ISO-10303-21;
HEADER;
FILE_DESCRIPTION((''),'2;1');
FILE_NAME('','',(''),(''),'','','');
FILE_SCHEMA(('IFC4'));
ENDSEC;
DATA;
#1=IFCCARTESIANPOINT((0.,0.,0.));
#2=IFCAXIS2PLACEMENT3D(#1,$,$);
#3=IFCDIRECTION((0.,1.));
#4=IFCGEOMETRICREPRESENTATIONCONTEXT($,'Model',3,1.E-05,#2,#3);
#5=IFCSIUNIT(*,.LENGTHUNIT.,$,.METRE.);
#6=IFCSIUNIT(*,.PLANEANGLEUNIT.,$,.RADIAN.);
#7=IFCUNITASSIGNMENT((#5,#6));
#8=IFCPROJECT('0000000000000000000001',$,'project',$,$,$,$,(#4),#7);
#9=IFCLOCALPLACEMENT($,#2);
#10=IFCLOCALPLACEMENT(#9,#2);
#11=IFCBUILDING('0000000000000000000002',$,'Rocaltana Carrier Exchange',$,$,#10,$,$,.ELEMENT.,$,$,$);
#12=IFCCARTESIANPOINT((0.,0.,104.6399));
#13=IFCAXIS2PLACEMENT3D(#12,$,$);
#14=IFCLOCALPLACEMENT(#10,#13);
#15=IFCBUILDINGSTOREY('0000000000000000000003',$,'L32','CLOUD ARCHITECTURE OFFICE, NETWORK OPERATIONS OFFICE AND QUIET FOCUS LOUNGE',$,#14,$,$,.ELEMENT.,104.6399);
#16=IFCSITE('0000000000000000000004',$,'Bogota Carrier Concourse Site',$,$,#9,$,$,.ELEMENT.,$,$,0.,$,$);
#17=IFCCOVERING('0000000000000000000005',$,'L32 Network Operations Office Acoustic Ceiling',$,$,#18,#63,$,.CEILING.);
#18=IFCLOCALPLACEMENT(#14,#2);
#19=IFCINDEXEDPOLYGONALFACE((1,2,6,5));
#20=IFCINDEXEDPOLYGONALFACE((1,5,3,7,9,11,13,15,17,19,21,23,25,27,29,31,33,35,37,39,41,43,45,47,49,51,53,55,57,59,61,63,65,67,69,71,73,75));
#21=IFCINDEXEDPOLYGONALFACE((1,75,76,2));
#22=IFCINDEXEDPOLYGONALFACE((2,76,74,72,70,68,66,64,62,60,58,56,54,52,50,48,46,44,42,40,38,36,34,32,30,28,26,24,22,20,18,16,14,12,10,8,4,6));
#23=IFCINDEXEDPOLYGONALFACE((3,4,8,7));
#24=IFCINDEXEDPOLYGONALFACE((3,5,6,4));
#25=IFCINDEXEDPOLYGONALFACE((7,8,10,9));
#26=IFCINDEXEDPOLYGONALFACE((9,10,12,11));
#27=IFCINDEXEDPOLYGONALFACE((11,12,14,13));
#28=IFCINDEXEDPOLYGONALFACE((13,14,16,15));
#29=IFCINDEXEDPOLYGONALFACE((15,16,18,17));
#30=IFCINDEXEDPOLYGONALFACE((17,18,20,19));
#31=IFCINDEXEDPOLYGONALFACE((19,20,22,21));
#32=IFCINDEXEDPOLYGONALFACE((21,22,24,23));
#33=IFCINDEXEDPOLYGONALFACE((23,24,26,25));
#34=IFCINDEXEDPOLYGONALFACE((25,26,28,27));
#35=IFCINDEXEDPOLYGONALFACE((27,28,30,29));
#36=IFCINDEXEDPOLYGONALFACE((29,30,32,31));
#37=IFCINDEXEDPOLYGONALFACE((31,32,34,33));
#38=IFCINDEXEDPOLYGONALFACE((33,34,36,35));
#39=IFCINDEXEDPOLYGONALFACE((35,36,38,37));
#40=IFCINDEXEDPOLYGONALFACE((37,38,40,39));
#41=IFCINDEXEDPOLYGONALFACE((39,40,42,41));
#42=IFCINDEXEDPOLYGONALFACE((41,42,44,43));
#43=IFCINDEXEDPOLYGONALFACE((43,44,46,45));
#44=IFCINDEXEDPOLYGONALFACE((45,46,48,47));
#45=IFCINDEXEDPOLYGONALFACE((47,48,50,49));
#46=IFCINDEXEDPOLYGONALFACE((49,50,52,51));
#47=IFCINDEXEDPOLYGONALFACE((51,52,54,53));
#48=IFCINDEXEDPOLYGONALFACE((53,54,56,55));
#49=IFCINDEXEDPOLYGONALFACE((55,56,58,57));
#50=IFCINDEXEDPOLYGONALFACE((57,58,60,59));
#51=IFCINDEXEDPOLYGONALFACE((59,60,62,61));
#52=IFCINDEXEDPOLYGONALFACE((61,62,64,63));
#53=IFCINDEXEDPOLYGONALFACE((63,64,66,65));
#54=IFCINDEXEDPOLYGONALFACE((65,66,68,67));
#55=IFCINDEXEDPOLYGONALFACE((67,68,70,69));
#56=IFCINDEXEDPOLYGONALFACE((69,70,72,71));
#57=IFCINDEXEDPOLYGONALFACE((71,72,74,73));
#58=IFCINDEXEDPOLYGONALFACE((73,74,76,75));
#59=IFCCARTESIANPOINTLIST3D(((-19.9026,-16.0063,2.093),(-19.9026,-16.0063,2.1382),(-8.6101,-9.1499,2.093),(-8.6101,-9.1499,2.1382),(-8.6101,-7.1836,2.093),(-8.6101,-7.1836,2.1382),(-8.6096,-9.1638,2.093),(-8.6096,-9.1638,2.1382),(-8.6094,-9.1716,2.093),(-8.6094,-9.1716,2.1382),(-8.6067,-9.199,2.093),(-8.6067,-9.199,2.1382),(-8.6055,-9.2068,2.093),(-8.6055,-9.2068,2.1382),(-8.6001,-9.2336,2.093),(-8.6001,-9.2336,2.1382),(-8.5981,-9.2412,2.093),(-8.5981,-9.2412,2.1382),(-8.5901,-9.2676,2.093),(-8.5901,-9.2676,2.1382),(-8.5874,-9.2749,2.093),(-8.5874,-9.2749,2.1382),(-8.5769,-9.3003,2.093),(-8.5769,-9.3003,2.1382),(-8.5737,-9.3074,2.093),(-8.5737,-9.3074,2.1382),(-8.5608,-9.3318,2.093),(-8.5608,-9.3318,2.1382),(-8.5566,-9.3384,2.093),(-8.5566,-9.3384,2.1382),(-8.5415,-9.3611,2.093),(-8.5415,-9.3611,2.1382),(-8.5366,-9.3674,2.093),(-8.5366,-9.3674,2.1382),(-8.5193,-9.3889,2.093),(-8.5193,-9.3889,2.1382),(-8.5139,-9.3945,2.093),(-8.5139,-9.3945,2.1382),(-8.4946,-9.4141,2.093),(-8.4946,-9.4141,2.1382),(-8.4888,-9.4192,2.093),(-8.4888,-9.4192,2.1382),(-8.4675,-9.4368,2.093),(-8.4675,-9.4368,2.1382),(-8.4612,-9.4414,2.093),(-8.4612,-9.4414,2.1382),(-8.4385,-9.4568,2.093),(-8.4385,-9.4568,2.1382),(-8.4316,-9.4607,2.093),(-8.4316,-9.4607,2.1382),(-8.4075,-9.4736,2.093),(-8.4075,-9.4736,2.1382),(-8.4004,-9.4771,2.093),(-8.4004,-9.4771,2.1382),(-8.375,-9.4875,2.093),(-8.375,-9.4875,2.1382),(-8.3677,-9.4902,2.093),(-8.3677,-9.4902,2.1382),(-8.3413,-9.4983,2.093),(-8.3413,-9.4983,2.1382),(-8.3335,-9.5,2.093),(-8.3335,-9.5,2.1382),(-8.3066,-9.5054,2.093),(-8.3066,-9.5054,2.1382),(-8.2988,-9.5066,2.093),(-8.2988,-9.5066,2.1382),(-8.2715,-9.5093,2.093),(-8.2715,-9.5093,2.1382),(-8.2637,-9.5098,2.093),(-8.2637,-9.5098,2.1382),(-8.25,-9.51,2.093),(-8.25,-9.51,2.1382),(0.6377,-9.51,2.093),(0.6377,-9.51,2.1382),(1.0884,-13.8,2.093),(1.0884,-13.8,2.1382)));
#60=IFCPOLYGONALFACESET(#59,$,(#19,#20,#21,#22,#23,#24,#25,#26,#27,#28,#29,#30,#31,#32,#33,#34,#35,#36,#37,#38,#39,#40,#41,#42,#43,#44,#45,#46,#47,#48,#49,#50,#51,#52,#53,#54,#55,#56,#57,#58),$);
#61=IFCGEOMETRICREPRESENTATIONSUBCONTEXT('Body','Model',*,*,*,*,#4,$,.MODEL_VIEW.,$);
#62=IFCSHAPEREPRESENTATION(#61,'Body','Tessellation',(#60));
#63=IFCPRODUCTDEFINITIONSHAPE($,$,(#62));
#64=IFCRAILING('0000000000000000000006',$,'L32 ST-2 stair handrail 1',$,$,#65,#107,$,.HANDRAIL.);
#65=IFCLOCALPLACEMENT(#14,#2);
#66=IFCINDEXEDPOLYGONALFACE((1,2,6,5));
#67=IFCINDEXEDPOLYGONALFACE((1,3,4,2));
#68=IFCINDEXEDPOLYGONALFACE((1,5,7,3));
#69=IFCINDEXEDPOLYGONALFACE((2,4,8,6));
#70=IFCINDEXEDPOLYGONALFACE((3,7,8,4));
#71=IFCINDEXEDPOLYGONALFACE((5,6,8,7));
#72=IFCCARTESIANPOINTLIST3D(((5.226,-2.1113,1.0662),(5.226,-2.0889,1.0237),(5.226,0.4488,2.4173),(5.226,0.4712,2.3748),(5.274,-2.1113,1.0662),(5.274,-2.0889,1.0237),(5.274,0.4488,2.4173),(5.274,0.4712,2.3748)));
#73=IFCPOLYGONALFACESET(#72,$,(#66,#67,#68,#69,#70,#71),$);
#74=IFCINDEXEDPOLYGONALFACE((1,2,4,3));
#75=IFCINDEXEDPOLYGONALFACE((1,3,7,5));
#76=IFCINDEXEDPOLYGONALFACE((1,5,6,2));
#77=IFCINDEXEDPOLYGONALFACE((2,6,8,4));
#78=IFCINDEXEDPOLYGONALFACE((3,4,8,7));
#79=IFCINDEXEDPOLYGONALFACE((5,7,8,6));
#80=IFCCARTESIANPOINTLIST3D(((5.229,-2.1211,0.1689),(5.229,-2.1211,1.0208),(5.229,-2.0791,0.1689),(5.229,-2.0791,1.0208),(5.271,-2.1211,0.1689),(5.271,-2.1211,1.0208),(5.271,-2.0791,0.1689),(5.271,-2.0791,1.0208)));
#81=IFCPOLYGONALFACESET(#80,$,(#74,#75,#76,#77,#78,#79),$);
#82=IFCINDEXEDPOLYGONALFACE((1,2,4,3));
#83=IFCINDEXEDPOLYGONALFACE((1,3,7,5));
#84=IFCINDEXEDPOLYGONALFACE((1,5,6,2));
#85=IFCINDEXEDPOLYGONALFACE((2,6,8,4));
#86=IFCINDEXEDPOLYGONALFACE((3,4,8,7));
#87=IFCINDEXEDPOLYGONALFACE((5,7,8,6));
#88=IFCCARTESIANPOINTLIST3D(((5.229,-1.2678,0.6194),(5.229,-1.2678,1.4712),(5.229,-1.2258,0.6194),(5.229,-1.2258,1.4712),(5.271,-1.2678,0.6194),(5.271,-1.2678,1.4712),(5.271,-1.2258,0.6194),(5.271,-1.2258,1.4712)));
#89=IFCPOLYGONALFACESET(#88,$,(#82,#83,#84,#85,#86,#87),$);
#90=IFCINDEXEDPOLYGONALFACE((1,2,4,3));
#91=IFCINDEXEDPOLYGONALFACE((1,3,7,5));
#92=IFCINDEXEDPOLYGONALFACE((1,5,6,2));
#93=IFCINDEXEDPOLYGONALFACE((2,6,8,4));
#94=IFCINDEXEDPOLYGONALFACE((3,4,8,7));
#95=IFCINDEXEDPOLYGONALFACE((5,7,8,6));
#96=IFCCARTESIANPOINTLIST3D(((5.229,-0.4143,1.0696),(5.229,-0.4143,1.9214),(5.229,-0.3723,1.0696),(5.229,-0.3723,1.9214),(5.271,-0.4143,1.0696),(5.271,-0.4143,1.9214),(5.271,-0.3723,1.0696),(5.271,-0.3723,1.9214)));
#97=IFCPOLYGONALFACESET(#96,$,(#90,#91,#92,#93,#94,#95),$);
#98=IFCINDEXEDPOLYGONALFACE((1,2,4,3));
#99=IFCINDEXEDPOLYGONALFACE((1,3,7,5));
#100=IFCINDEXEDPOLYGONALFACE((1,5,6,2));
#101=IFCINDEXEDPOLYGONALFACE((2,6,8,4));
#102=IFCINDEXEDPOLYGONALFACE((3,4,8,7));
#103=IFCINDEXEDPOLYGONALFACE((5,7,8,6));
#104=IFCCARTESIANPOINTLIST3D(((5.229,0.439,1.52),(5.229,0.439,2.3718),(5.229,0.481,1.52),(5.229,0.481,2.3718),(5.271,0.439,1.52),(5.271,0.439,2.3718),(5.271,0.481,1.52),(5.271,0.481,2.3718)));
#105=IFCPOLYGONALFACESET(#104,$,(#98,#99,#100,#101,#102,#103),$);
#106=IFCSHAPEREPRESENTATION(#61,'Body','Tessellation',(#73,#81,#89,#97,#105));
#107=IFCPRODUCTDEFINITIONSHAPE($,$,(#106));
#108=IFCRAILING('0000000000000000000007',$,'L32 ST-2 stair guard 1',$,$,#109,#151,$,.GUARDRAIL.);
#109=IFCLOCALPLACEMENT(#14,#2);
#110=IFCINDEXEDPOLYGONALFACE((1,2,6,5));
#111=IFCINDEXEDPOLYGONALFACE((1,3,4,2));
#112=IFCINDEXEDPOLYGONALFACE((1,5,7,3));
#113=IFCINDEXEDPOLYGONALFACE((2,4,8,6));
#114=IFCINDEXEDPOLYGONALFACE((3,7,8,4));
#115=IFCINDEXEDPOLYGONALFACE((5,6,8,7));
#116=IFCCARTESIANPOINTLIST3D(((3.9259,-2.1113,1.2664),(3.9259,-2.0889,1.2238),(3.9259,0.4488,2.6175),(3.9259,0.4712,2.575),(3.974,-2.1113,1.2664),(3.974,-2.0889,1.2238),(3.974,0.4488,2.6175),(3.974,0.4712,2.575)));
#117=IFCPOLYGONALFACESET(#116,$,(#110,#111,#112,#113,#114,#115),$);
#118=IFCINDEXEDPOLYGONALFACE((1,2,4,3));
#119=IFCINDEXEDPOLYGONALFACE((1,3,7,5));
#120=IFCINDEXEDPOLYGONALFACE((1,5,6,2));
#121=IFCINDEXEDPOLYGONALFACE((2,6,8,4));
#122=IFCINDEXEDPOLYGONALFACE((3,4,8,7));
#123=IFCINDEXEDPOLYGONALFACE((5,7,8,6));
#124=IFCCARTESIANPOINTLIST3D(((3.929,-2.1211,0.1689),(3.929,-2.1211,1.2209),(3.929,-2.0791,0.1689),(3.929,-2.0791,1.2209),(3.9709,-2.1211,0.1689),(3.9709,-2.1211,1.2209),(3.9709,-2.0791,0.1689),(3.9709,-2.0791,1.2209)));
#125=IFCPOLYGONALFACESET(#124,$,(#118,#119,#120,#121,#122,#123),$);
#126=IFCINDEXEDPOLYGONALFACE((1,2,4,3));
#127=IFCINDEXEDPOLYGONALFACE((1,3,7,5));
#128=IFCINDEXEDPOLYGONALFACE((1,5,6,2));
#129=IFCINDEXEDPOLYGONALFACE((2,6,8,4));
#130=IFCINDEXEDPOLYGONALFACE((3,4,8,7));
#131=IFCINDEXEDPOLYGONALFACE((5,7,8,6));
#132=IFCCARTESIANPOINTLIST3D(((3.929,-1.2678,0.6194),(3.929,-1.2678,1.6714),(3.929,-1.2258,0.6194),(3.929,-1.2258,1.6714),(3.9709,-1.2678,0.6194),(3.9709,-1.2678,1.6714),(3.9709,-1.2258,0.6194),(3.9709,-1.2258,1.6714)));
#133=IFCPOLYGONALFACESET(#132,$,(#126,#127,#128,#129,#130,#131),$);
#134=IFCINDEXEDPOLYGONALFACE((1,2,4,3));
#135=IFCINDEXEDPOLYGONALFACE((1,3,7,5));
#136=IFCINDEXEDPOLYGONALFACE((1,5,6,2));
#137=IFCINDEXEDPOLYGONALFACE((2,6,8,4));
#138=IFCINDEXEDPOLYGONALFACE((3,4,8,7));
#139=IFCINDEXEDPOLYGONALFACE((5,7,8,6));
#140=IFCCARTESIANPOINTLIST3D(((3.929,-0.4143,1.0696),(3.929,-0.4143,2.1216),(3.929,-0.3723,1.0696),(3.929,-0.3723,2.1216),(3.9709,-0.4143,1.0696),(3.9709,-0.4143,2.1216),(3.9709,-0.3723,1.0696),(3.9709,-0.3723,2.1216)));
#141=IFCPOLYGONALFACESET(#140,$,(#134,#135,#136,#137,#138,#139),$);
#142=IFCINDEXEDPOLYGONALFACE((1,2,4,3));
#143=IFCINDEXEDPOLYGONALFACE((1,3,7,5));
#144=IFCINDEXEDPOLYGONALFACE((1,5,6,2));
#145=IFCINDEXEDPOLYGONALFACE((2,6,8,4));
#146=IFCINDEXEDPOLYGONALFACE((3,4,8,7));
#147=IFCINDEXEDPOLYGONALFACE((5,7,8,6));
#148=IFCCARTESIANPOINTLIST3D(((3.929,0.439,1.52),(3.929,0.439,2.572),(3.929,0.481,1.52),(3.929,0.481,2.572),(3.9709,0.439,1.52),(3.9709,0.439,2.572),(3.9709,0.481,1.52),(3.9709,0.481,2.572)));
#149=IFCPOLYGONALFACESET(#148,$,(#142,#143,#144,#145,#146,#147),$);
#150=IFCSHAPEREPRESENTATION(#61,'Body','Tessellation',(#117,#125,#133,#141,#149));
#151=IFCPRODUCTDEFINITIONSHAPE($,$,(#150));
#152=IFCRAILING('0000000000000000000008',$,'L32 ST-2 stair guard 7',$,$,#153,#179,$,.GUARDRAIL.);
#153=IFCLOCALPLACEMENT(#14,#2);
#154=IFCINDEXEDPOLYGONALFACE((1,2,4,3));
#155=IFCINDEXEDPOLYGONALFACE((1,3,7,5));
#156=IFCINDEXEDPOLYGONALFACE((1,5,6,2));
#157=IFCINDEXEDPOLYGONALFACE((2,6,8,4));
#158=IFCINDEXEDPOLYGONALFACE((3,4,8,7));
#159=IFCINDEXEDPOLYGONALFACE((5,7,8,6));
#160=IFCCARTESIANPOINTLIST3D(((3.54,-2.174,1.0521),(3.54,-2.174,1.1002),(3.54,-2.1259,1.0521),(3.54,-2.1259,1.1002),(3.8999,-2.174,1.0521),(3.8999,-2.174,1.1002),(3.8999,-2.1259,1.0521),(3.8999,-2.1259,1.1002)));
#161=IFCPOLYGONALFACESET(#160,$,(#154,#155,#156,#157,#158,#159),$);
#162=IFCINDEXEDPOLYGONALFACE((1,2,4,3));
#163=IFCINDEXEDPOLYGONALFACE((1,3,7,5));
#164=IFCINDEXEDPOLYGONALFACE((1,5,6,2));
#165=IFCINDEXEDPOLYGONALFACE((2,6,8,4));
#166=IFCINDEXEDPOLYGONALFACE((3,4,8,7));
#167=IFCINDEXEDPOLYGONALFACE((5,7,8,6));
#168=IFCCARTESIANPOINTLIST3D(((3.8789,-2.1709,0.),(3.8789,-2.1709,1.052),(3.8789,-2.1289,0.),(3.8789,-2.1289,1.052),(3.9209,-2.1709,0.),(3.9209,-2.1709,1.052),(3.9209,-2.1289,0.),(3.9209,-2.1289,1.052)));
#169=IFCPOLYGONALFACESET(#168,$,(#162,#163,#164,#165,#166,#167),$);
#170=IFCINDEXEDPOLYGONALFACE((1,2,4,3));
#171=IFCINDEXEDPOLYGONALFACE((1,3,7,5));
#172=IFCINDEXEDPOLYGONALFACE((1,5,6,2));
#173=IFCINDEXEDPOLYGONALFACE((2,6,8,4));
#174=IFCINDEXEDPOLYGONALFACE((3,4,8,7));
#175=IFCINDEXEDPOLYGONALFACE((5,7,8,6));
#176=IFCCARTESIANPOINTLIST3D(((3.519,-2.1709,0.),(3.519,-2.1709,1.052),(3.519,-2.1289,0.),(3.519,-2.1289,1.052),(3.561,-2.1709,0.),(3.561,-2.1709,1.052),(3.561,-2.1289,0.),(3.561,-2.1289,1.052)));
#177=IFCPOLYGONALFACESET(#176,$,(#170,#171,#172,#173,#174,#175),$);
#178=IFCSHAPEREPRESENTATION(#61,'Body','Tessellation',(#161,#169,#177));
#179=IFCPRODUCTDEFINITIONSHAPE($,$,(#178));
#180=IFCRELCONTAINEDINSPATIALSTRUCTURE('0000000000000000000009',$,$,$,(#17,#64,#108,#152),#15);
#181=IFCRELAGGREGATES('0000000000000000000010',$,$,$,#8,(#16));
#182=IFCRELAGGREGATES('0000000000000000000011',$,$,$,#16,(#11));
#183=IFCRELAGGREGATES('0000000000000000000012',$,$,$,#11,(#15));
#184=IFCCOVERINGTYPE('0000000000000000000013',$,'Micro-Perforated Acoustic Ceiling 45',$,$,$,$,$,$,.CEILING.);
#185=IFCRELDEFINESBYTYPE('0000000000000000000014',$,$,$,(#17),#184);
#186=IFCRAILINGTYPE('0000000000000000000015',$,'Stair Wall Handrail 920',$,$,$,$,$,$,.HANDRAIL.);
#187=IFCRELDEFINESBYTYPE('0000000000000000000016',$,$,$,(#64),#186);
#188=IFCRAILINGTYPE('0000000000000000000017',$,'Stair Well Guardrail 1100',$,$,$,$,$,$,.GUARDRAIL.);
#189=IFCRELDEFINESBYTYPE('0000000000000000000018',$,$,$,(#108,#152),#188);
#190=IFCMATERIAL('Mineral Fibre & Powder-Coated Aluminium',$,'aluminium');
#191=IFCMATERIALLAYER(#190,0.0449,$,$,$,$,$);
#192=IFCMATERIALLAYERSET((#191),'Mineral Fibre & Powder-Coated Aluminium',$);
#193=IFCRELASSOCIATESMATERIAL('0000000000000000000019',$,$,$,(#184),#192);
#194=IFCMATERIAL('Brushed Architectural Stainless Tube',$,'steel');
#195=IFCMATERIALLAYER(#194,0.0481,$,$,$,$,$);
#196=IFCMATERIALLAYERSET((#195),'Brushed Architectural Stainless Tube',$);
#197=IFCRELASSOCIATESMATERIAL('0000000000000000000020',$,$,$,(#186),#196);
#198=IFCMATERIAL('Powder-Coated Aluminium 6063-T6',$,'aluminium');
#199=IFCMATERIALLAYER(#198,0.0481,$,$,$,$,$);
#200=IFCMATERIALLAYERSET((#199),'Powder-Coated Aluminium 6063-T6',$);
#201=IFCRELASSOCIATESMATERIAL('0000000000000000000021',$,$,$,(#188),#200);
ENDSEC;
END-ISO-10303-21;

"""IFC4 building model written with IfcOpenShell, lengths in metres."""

from ifc_helpers import new_model, si_unit, direction, frame, origin, origin_2d, place, context, subcontext, project, spatial, polyline, rectangle, outline, extrude, material, layer, layer_set, type_object, element, save


model = new_model("IFC4")

# Units and contexts
model_context = context("Model", 3, precision=1e-05, world=origin(), true_north=direction((0.0, 1.0)))
body_context = subcontext(model_context, "Body", "Model", "MODEL_VIEW")
ifc_project = project(units=[si_unit("LENGTHUNIT", "METRE"), si_unit("PLANEANGLEUNIT", "RADIAN")], contexts=[model_context])

# Site, building, storey
site_placement = place(None, origin())
site = spatial("IfcSite", under=ifc_project, at=site_placement, Name="Bogota Carrier Concourse Site", CompositionType="ELEMENT", RefElevation=0.0)
building_placement = place(site_placement, origin())
building = spatial("IfcBuilding", under=site, at=building_placement, Name="Rocaltana Carrier Exchange", CompositionType="ELEMENT")
storey_placement = place(building_placement, frame((0.0, 0.0, 104.6399)))
storey = spatial("IfcBuildingStorey", under=building, at=storey_placement, Name="L32", Description="CLOUD ARCHITECTURE OFFICE, NETWORK OPERATIONS OFFICE AND QUIET FOCUS LOUNGE", CompositionType="ELEMENT", Elevation=104.6399)

# Covering
ifc_material_1 = material(Name="Mineral Fibre & Powder-Coated Aluminium", Category="aluminium")
ifc_layer_1 = layer(ifc_material_1, 0.0449)
ifc_layer_set_1 = layer_set([ifc_layer_1], Name="Mineral Fibre & Powder-Coated Aluminium")
covering_type_1 = type_object("IfcCoveringType", Name="Micro-Perforated Acoustic Ceiling 45", PredefinedType="CEILING", material=ifc_layer_set_1)
covering_1_placement = place(storey_placement, frame((0.0, 0.0, 2.093)))
element("IfcCovering", 1, at=covering_1_placement, inside=storey, type_object=covering_type_1, Name="L32 Network Operations Office Acoustic Ceiling", PredefinedType="CEILING", context=body_context, shape_type="SweptSolid", body=[
    extrude(outline(polyline([(-19.9026, -16.0063), (-8.6101, -7.1836), (-8.6101, -9.1499), (-8.6096, -9.1638), (-8.6094, -9.1716), (-8.6067, -9.199), (-8.6055, -9.2068), (-8.6001, -9.2336), (-8.5981, -9.2412), (-8.5901, -9.2676), (-8.5874, -9.2749), (-8.5769, -9.3003), (-8.5737, -9.3074), (-8.5608, -9.3318), (-8.5566, -9.3384), (-8.5415, -9.3611), (-8.5366, -9.3674), (-8.5193, -9.3889), (-8.5139, -9.3945), (-8.4946, -9.4141), (-8.4888, -9.4192), (-8.4675, -9.4368), (-8.4612, -9.4414), (-8.4385, -9.4568), (-8.4316, -9.4607), (-8.4075, -9.4736), (-8.4004, -9.4771), (-8.375, -9.4875), (-8.3677, -9.4902), (-8.3413, -9.4983), (-8.3335, -9.5), (-8.3066, -9.5054), (-8.2988, -9.5066), (-8.2715, -9.5093), (-8.2637, -9.5098), (-8.25, -9.51), (0.6377, -9.51), (1.0884, -13.8), (-19.9026, -16.0063)])), origin(), (0.0, 0.0, 1.0), 0.0452),
])

# Railings
ifc_material_2 = material(Name="Brushed Architectural Stainless Tube", Category="steel")
ifc_layer_2 = layer(ifc_material_2, 0.0481)
ifc_layer_set_2 = layer_set([ifc_layer_2], Name="Brushed Architectural Stainless Tube")
railing_type_1 = type_object("IfcRailingType", Name="Stair Wall Handrail 920", PredefinedType="HANDRAIL", material=ifc_layer_set_2)
railing_1_placement = place(storey_placement, frame((5.25, -2.1001, 0.1689)))
element("IfcRailing", 2, at=railing_1_placement, inside=storey, type_object=railing_type_1, Name="L32 ST-2 stair handrail 1", PredefinedType="HANDRAIL", context=body_context, shape_type="SweptSolid", body=[
    extrude(rectangle(XDim=0.0481, YDim=0.0481, at=origin_2d()), frame((0.0, 0.0, 0.876), z_axis=(0.0, 0.884394, 0.46674), x_axis=(-1.0, 0.0, 0.0)), (0.0, 0.0, 1.0), 2.8948),
    extrude(rectangle(XDim=0.042, YDim=0.042, at=origin_2d()), origin(), (0.0, 0.0, 1.0), 0.8518),
    extrude(rectangle(XDim=0.042, YDim=0.042, at=origin_2d()), frame((0.0, 0.8533, 0.4504)), (0.0, 0.0, 1.0), 0.8518),
    extrude(rectangle(XDim=0.042, YDim=0.042, at=origin_2d()), frame((0.0, 1.7068, 0.9006)), (0.0, 0.0, 1.0), 0.8518),
    extrude(rectangle(XDim=0.042, YDim=0.042, at=origin_2d()), frame((0.0, 2.5601, 1.3511)), (0.0, 0.0, 1.0), 0.8518),
])
ifc_material_3 = material(Name="Powder-Coated Aluminium 6063-T6", Category="aluminium")
ifc_layer_3 = layer(ifc_material_3, 0.0481)
ifc_layer_set_3 = layer_set([ifc_layer_3], Name="Powder-Coated Aluminium 6063-T6")
railing_type_2 = type_object("IfcRailingType", Name="Stair Well Guardrail 1100", PredefinedType="GUARDRAIL", material=ifc_layer_set_3)
railing_2_placement = place(storey_placement, frame((3.95, -2.1001, 0.1689)))
element("IfcRailing", 3, at=railing_2_placement, inside=storey, type_object=railing_type_2, Name="L32 ST-2 stair guard 1", PredefinedType="GUARDRAIL", context=body_context, shape_type="SweptSolid", body=[
    extrude(rectangle(XDim=0.0481, YDim=0.0481, at=origin_2d()), frame((0.0, 0.0, 1.0762), z_axis=(0.0, 0.884394, 0.46674), x_axis=(-1.0, 0.0, 0.0)), (0.0, 0.0, 1.0), 2.8948),
    extrude(rectangle(XDim=0.042, YDim=0.042, at=origin_2d()), origin(), (0.0, 0.0, 1.0), 1.052),
    extrude(rectangle(XDim=0.042, YDim=0.042, at=origin_2d()), frame((0.0, 0.8533, 0.4504)), (0.0, 0.0, 1.0), 1.052),
    extrude(rectangle(XDim=0.042, YDim=0.042, at=origin_2d()), frame((0.0, 1.7068, 0.9006)), (0.0, 0.0, 1.0), 1.052),
    extrude(rectangle(XDim=0.042, YDim=0.042, at=origin_2d()), frame((0.0, 2.5601, 1.3511)), (0.0, 0.0, 1.0), 1.052),
])
railing_3_placement = place(storey_placement, frame((3.8999, -2.1499, 0.0)))
element("IfcRailing", 4, at=railing_3_placement, inside=storey, type_object=railing_type_2, Name="L32 ST-2 stair guard 7", PredefinedType="GUARDRAIL", context=body_context, shape_type="SweptSolid", body=[
    extrude(rectangle(XDim=0.0481, YDim=0.0481, at=origin_2d()), frame((0.0, 0.0, 1.0762), z_axis=(-1.0, 0.0, 0.0), x_axis=(0.0, -1.0, 0.0)), (0.0, 0.0, 1.0), 0.3599),
    extrude(rectangle(XDim=0.042, YDim=0.042, at=origin_2d()), origin(), (0.0, 0.0, 1.0), 1.052),
    extrude(rectangle(XDim=0.042, YDim=0.042, at=origin_2d()), frame((-0.3599, 0.0, 0.0)), (0.0, 0.0, 1.0), 1.052),
])

save(model, "model.ifc")
